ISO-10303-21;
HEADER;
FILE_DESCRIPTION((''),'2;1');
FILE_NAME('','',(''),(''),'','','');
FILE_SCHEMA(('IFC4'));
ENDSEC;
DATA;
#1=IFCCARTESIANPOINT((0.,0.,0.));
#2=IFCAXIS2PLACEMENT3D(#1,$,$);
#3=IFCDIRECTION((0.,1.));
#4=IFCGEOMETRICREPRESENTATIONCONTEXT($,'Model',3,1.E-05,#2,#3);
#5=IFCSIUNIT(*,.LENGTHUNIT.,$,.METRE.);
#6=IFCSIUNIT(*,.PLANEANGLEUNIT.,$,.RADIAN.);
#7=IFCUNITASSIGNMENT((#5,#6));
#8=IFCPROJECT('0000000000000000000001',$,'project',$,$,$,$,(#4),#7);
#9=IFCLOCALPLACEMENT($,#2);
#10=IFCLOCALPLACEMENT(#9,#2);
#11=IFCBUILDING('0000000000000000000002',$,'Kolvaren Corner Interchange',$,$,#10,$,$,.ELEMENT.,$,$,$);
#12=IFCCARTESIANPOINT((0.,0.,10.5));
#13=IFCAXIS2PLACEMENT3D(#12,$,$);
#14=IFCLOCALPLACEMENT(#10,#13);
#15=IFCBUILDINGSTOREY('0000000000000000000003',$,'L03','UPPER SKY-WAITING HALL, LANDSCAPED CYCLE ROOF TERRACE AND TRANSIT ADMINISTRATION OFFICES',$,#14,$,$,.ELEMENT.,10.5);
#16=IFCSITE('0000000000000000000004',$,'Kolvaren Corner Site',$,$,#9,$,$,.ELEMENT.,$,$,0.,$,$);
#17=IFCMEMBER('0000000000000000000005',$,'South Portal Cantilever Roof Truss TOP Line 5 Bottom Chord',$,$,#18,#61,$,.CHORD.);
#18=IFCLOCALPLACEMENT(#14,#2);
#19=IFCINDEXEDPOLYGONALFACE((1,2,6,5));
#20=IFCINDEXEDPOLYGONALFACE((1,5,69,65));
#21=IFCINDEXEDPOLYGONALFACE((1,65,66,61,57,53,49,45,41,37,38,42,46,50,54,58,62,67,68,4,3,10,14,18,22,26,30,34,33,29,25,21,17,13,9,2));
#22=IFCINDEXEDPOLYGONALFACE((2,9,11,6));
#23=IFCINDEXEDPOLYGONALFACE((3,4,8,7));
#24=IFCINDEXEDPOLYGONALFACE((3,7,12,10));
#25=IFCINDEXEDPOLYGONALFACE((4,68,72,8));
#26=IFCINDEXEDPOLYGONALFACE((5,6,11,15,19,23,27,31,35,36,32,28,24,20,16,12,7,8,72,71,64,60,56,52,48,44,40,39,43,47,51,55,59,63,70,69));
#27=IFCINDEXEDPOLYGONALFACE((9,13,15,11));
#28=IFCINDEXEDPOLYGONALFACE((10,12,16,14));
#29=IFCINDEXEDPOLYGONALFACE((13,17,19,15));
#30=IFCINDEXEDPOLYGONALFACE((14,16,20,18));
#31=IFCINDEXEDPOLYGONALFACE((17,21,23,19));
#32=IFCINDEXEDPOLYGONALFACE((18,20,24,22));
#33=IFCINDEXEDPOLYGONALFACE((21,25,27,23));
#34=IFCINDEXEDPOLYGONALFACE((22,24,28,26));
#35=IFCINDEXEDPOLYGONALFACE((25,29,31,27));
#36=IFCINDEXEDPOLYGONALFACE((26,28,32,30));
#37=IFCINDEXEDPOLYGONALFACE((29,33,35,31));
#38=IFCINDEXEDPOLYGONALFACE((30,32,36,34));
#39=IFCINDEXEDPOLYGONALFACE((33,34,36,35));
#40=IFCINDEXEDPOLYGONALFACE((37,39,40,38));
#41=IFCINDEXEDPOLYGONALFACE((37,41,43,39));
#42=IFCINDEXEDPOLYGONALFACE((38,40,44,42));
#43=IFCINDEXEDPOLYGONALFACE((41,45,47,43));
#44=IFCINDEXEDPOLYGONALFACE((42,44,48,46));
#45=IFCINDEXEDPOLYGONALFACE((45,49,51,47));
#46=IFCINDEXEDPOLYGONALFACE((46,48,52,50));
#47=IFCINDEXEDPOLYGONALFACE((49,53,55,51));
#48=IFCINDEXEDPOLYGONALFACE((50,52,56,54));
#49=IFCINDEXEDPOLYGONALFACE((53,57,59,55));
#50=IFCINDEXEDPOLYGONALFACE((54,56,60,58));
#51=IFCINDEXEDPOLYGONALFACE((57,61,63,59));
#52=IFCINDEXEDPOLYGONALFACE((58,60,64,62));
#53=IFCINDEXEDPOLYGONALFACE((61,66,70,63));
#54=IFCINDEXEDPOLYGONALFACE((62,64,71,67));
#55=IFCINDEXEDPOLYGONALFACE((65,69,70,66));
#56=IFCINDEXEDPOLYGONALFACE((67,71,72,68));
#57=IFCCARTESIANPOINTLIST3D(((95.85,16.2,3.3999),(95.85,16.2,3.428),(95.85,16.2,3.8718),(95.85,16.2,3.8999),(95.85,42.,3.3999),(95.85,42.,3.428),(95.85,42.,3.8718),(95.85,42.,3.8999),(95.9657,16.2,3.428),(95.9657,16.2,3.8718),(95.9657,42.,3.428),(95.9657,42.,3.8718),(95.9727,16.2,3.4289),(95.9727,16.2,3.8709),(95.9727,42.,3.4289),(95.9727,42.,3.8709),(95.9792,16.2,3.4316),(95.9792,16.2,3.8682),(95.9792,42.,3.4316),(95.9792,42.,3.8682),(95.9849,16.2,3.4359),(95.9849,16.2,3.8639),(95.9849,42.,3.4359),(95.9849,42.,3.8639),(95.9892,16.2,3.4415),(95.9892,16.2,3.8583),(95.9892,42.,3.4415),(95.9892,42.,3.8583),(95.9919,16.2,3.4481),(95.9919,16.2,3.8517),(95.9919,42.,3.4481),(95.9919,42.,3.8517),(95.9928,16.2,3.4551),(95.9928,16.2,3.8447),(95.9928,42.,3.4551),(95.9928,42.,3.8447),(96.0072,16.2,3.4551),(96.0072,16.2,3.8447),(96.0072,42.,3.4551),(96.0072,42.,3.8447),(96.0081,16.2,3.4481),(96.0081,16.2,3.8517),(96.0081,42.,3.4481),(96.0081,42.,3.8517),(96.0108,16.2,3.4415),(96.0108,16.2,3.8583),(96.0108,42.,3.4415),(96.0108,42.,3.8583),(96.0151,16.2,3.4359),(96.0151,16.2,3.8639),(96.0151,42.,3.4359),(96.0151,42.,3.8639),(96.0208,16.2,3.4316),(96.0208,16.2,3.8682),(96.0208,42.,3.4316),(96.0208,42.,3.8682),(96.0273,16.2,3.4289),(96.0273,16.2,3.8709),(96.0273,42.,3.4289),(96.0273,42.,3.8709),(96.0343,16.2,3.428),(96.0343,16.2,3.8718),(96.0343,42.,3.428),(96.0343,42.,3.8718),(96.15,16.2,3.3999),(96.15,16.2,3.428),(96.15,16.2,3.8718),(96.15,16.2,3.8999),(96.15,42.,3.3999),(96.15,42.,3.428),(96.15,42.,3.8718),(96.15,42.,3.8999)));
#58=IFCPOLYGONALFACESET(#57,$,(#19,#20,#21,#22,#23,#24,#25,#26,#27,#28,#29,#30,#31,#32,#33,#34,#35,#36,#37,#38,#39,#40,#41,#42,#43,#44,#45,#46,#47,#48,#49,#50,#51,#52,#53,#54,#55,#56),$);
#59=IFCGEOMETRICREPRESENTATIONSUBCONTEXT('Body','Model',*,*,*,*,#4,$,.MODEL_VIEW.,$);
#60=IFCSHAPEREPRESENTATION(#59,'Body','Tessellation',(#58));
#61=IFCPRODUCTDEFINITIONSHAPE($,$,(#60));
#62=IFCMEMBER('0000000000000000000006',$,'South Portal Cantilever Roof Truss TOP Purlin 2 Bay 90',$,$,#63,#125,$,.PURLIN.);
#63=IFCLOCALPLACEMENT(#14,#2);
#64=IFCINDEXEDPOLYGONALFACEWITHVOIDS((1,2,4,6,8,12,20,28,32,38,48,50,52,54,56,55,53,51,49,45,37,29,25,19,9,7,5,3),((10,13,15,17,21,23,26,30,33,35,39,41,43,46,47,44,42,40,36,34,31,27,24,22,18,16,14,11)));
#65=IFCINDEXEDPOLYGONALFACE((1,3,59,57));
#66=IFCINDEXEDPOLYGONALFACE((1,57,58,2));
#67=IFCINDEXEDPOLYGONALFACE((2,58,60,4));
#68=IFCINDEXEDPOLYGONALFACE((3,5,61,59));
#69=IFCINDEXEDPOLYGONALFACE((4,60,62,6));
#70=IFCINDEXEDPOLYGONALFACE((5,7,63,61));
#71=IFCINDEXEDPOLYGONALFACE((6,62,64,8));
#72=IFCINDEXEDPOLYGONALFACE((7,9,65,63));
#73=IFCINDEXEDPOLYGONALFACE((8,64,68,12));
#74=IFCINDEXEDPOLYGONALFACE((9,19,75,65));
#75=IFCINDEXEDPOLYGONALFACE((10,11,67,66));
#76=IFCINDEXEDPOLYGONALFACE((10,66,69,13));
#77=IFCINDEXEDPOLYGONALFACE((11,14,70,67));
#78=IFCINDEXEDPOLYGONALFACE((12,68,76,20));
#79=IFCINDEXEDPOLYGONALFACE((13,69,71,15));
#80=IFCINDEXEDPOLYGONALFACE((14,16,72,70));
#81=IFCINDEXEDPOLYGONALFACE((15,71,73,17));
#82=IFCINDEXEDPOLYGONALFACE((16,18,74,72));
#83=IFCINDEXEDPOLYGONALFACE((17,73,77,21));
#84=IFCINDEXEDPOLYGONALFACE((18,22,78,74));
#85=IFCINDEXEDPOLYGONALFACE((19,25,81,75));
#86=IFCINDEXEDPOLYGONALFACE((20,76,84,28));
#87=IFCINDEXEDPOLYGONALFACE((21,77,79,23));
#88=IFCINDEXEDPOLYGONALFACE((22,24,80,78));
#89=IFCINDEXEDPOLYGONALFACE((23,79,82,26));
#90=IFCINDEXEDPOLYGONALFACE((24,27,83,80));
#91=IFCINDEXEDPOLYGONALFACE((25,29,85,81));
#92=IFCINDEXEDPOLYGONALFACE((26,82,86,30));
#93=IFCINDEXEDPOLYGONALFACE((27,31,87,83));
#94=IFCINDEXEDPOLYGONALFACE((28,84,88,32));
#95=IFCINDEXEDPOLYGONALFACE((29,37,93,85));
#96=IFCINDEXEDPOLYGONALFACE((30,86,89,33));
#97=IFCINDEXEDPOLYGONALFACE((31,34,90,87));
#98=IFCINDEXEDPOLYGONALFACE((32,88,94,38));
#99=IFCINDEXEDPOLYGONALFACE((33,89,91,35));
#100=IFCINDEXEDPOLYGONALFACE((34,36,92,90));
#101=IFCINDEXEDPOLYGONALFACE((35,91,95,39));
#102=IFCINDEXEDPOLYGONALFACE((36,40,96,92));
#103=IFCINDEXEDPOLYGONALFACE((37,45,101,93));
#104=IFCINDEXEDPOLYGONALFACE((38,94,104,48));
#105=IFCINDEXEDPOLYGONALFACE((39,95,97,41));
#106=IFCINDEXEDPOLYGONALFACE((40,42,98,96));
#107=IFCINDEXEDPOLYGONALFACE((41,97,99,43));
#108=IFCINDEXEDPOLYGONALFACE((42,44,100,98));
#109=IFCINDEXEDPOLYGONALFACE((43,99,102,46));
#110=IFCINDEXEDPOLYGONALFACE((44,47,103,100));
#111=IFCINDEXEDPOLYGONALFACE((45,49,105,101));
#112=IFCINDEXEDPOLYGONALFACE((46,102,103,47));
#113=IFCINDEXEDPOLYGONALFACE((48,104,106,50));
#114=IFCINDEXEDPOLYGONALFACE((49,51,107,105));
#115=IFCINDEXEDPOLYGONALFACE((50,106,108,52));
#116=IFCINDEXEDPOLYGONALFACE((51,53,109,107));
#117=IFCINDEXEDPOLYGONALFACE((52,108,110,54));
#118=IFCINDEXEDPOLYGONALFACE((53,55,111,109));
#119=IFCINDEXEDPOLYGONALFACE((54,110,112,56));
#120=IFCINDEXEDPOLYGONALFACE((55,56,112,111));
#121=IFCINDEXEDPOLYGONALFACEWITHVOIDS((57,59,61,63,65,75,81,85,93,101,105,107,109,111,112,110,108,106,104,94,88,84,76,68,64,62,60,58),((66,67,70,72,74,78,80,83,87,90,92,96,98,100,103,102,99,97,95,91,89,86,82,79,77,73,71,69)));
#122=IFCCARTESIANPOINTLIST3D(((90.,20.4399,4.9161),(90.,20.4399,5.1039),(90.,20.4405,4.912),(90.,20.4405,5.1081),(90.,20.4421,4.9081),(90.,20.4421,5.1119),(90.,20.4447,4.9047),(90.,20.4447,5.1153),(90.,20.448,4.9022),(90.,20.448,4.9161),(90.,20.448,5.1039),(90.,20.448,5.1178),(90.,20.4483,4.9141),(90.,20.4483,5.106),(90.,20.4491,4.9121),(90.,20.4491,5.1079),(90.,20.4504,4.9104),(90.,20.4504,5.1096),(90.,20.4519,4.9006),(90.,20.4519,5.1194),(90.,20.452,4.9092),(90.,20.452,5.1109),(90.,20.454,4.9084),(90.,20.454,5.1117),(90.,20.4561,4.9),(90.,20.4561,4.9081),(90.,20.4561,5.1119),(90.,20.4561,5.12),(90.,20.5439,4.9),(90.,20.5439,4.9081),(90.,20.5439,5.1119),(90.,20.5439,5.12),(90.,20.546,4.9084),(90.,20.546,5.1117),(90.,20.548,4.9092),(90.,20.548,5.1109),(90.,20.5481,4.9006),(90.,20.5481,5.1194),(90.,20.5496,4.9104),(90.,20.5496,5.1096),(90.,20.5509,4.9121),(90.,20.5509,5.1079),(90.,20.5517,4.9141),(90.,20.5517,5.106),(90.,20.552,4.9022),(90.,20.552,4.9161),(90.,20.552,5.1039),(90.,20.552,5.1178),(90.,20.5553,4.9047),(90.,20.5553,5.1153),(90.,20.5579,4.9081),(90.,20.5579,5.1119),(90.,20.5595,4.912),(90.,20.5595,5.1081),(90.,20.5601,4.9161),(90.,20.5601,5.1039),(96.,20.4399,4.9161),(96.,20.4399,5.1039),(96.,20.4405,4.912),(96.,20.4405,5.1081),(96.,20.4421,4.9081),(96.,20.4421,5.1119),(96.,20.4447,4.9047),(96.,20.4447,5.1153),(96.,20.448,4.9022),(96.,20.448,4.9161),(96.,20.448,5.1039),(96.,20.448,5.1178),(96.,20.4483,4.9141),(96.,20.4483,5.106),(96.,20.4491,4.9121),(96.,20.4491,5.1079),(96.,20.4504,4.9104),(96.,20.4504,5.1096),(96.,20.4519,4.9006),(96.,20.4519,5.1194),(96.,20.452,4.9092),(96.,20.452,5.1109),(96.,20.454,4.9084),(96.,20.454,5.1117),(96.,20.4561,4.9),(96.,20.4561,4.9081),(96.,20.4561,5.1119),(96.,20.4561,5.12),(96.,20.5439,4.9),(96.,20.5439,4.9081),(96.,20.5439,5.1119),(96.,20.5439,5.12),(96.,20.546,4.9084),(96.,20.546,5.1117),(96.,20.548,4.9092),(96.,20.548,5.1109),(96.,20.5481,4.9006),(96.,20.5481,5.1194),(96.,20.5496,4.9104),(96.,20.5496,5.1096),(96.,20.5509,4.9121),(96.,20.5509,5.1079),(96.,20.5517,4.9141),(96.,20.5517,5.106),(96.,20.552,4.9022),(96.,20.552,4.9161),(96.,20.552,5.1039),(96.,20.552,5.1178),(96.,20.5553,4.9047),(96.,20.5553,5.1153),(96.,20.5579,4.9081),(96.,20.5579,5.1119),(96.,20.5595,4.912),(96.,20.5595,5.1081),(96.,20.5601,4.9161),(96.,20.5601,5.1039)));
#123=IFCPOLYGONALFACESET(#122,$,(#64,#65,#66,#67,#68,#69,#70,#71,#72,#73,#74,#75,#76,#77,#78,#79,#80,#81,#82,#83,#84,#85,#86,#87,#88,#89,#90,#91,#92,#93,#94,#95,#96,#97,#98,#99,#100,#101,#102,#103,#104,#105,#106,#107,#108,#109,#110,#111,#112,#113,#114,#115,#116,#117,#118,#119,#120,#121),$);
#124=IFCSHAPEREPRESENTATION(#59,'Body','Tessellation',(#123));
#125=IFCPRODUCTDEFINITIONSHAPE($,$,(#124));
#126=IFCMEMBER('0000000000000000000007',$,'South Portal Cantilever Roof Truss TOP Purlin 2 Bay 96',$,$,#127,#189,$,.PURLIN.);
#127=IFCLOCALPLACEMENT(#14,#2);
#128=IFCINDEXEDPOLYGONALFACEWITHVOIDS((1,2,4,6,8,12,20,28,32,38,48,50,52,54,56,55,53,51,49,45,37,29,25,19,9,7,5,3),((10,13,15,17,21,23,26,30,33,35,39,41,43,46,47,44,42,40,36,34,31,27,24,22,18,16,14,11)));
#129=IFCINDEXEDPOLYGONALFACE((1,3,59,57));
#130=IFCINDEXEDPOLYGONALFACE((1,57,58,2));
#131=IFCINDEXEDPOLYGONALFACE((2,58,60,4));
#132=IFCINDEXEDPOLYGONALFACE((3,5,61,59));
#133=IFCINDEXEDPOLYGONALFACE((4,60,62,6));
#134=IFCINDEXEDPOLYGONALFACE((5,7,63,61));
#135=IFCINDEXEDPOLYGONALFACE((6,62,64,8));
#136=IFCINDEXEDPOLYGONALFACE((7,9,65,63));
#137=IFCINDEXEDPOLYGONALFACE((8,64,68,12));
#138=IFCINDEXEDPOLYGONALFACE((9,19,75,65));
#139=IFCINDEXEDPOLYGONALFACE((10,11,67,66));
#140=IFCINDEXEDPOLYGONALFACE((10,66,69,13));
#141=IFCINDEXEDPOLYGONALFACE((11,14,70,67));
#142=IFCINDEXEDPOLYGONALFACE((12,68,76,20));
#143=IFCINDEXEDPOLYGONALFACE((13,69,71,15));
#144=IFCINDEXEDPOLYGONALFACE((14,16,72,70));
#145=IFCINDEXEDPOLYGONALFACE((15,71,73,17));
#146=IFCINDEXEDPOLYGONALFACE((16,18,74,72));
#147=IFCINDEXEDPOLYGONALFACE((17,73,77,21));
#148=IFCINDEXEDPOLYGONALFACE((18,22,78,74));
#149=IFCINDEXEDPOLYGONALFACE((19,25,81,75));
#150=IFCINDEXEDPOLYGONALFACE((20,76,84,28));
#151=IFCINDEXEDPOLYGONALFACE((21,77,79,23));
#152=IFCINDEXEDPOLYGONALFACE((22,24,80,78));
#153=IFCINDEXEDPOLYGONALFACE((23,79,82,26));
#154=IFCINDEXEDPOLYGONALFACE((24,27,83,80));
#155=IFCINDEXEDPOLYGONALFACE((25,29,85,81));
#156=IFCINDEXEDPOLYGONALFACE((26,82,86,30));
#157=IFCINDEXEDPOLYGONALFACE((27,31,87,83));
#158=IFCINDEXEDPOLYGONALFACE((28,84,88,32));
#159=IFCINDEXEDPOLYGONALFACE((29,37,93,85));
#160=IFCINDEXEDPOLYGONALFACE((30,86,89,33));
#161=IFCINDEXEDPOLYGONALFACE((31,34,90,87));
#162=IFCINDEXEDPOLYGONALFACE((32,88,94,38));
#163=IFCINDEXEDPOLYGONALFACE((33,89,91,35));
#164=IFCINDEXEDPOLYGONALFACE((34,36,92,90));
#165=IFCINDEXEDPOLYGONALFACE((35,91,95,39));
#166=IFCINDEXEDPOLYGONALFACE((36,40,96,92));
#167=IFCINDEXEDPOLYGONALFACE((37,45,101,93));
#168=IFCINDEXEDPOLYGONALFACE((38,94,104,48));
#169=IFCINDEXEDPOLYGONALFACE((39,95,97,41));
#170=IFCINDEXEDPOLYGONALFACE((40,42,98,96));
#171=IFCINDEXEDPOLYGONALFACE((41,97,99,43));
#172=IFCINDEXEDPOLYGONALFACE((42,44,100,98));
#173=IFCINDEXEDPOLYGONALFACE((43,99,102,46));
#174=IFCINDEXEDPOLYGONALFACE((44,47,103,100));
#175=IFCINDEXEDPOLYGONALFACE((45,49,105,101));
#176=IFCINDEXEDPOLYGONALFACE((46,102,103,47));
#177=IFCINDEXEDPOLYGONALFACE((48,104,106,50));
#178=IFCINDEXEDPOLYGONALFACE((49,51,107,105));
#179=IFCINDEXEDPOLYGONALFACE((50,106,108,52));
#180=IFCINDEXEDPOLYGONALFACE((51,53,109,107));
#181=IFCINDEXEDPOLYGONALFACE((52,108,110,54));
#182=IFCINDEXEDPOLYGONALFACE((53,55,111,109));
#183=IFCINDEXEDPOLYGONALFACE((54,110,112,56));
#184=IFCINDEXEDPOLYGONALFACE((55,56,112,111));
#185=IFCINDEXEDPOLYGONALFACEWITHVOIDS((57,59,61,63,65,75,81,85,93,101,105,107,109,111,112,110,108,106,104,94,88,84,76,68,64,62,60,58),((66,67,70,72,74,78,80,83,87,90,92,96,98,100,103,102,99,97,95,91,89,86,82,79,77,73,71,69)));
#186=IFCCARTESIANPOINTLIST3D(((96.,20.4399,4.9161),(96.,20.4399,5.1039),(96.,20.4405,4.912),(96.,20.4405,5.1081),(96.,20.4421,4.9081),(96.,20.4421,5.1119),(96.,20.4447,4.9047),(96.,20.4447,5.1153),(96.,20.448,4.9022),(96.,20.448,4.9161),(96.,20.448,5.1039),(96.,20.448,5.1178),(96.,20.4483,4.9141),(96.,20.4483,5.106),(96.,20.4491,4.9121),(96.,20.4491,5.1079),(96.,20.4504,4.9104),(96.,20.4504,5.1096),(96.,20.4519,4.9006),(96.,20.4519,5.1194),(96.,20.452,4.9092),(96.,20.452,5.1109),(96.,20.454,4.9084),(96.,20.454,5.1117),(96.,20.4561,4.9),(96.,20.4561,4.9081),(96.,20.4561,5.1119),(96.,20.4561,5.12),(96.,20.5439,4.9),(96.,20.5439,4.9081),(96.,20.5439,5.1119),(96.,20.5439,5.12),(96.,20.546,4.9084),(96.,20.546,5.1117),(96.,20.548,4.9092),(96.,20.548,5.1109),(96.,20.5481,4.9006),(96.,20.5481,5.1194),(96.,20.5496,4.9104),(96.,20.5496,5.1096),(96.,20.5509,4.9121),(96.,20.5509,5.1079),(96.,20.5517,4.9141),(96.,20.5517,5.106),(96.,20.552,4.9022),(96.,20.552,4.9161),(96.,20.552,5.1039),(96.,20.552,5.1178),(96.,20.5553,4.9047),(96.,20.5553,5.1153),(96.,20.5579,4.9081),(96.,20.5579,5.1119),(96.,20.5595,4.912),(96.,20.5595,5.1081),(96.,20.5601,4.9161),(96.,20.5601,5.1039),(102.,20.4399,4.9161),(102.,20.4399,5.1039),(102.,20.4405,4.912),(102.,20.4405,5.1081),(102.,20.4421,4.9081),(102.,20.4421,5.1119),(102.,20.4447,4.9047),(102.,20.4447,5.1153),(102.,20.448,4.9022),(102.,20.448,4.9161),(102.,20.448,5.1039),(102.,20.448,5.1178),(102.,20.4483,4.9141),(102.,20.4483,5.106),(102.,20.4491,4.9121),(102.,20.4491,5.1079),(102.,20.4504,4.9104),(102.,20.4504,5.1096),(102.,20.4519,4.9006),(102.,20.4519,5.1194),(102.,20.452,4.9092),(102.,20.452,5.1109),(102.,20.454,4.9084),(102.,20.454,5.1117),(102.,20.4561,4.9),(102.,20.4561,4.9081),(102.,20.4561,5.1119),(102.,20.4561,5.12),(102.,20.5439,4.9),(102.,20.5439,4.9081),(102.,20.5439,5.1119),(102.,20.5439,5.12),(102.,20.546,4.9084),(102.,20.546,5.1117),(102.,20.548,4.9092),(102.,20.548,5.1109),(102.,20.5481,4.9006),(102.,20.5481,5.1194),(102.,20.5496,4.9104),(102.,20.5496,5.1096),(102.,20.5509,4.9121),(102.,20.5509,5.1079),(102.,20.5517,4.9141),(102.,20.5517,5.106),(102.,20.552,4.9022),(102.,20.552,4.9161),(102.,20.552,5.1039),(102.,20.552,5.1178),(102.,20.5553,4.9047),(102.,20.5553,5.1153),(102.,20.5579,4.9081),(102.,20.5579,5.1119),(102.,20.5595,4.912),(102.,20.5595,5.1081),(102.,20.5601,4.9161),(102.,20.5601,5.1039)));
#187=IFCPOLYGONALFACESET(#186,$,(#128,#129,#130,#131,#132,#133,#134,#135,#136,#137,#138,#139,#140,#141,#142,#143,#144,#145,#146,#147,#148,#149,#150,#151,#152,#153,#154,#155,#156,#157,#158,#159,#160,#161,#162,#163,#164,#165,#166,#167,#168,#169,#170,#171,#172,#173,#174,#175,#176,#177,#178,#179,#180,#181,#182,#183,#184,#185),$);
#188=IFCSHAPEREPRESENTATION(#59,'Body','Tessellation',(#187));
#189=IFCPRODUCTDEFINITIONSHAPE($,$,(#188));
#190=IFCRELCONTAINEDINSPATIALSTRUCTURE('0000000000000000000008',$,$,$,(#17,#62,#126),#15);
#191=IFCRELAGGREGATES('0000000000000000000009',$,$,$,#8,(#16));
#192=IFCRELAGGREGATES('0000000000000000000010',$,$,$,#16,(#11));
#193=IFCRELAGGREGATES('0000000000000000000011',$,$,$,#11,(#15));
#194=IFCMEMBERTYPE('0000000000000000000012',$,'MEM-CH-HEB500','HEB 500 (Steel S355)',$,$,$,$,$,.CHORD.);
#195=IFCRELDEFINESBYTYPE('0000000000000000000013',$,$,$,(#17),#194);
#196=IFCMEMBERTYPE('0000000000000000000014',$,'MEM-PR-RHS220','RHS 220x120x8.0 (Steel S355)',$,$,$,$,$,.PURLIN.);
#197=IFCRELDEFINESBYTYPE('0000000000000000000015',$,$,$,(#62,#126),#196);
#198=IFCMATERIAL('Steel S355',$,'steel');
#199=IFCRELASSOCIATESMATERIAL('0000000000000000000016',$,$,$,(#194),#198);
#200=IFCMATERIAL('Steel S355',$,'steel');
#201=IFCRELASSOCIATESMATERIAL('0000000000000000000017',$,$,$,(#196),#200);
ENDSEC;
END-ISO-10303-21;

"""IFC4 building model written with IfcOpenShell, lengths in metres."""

from ifc_helpers import new_model, si_unit, direction, frame, origin, origin_2d, place, context, subcontext, project, spatial, hollow_rectangle, i_section, extrude, material, material_profile, profile_set, type_object, element, save


model = new_model("IFC4")

# Units and contexts
model_context = context("Model", 3, precision=1e-05, world=origin(), true_north=direction((0.0, 1.0)))
body_context = subcontext(model_context, "Body", "Model", "MODEL_VIEW")
ifc_project = project(units=[si_unit("LENGTHUNIT", "METRE"), si_unit("PLANEANGLEUNIT", "RADIAN")], contexts=[model_context])

# Site, building, storey
site_placement = place(None, origin())
site = spatial("IfcSite", under=ifc_project, at=site_placement, Name="Kolvaren Corner Site", CompositionType="ELEMENT", RefElevation=0.0)
building_placement = place(site_placement, origin())
building = spatial("IfcBuilding", under=site, at=building_placement, Name="Kolvaren Corner Interchange", CompositionType="ELEMENT")
storey_placement = place(building_placement, frame((0.0, 0.0, 10.5)))
storey = spatial("IfcBuildingStorey", under=building, at=storey_placement, Name="L03", Description="UPPER SKY-WAITING HALL, LANDSCAPED CYCLE ROOF TERRACE AND TRANSIT ADMINISTRATION OFFICES", CompositionType="ELEMENT", Elevation=10.5)

# Members
ifc_material_1 = material(Name="Steel S355", Category="steel")
ifc_material_profile_1 = material_profile(ifc_material_1, i_section(OverallWidth=0.3, OverallDepth=0.5, WebThickness=0.0144, FlangeThickness=0.0281, FilletRadius=0.0271, at=origin_2d()), Name="HEB 500")
ifc_profile_set_1 = profile_set([ifc_material_profile_1], Name="Steel S355")
member_type_1 = type_object("IfcMemberType", Name="MEM-CH-HEB500", Description="HEB 500 (Steel S355)", PredefinedType="CHORD", material=ifc_profile_set_1)
for number, where, z_axis, x_axis, name in (
    (1, (96.0, 16.2, 3.6499), (0.0, 1.0, 0.0), (-1.0, 0.0, 0.0), "South Portal Cantilever Roof Truss TOP Line 5 Bottom Chord"),
):
    element("IfcMember", number, at=place(storey_placement, frame(where, z_axis=z_axis, x_axis=x_axis)), inside=storey, type_object=member_type_1, Name=name, PredefinedType="CHORD", context=body_context, shape_type="SweptSolid", body=[
        extrude(i_section(OverallWidth=0.3, OverallDepth=0.5, WebThickness=0.0144, FlangeThickness=0.0281, FilletRadius=0.0271, at=origin_2d()), origin(), (0.0, 0.0, 1.0), 25.8),
    ])
ifc_material_2 = material(Name="Steel S355", Category="steel")
ifc_material_profile_2 = material_profile(ifc_material_2, hollow_rectangle(XDim=0.1201, YDim=0.22, WallThickness=0.0081, InnerFilletRadius=0.0081, OuterFilletRadius=0.0161, at=origin_2d()), Name="RHS 220x120x8.0")
ifc_profile_set_2 = profile_set([ifc_material_profile_2], Name="Steel S355")
member_type_2 = type_object("IfcMemberType", Name="MEM-PR-RHS220", Description="RHS 220x120x8.0 (Steel S355)", PredefinedType="PURLIN", material=ifc_profile_set_2)
for number, where, z_axis, x_axis, name in (
    (2, (90.0, 20.5, 5.01), (1.0, 0.0, 0.0), (0.0, 1.0, 0.0), "South Portal Cantilever Roof Truss TOP Purlin 2 Bay 90"),
    (3, (96.0, 20.5, 5.01), (1.0, 0.0, 0.0), (0.0, 1.0, 0.0), "South Portal Cantilever Roof Truss TOP Purlin 2 Bay 96"),
):
    element("IfcMember", number, at=place(storey_placement, frame(where, z_axis=z_axis, x_axis=x_axis)), inside=storey, type_object=member_type_2, Name=name, PredefinedType="PURLIN", context=body_context, shape_type="SweptSolid", body=[
        extrude(hollow_rectangle(XDim=0.1201, YDim=0.22, WallThickness=0.0081, InnerFilletRadius=0.0081, OuterFilletRadius=0.0161, at=origin_2d()), origin(), (0.0, 0.0, 1.0), 6.0),
    ])

save(model, "model.ifc")
